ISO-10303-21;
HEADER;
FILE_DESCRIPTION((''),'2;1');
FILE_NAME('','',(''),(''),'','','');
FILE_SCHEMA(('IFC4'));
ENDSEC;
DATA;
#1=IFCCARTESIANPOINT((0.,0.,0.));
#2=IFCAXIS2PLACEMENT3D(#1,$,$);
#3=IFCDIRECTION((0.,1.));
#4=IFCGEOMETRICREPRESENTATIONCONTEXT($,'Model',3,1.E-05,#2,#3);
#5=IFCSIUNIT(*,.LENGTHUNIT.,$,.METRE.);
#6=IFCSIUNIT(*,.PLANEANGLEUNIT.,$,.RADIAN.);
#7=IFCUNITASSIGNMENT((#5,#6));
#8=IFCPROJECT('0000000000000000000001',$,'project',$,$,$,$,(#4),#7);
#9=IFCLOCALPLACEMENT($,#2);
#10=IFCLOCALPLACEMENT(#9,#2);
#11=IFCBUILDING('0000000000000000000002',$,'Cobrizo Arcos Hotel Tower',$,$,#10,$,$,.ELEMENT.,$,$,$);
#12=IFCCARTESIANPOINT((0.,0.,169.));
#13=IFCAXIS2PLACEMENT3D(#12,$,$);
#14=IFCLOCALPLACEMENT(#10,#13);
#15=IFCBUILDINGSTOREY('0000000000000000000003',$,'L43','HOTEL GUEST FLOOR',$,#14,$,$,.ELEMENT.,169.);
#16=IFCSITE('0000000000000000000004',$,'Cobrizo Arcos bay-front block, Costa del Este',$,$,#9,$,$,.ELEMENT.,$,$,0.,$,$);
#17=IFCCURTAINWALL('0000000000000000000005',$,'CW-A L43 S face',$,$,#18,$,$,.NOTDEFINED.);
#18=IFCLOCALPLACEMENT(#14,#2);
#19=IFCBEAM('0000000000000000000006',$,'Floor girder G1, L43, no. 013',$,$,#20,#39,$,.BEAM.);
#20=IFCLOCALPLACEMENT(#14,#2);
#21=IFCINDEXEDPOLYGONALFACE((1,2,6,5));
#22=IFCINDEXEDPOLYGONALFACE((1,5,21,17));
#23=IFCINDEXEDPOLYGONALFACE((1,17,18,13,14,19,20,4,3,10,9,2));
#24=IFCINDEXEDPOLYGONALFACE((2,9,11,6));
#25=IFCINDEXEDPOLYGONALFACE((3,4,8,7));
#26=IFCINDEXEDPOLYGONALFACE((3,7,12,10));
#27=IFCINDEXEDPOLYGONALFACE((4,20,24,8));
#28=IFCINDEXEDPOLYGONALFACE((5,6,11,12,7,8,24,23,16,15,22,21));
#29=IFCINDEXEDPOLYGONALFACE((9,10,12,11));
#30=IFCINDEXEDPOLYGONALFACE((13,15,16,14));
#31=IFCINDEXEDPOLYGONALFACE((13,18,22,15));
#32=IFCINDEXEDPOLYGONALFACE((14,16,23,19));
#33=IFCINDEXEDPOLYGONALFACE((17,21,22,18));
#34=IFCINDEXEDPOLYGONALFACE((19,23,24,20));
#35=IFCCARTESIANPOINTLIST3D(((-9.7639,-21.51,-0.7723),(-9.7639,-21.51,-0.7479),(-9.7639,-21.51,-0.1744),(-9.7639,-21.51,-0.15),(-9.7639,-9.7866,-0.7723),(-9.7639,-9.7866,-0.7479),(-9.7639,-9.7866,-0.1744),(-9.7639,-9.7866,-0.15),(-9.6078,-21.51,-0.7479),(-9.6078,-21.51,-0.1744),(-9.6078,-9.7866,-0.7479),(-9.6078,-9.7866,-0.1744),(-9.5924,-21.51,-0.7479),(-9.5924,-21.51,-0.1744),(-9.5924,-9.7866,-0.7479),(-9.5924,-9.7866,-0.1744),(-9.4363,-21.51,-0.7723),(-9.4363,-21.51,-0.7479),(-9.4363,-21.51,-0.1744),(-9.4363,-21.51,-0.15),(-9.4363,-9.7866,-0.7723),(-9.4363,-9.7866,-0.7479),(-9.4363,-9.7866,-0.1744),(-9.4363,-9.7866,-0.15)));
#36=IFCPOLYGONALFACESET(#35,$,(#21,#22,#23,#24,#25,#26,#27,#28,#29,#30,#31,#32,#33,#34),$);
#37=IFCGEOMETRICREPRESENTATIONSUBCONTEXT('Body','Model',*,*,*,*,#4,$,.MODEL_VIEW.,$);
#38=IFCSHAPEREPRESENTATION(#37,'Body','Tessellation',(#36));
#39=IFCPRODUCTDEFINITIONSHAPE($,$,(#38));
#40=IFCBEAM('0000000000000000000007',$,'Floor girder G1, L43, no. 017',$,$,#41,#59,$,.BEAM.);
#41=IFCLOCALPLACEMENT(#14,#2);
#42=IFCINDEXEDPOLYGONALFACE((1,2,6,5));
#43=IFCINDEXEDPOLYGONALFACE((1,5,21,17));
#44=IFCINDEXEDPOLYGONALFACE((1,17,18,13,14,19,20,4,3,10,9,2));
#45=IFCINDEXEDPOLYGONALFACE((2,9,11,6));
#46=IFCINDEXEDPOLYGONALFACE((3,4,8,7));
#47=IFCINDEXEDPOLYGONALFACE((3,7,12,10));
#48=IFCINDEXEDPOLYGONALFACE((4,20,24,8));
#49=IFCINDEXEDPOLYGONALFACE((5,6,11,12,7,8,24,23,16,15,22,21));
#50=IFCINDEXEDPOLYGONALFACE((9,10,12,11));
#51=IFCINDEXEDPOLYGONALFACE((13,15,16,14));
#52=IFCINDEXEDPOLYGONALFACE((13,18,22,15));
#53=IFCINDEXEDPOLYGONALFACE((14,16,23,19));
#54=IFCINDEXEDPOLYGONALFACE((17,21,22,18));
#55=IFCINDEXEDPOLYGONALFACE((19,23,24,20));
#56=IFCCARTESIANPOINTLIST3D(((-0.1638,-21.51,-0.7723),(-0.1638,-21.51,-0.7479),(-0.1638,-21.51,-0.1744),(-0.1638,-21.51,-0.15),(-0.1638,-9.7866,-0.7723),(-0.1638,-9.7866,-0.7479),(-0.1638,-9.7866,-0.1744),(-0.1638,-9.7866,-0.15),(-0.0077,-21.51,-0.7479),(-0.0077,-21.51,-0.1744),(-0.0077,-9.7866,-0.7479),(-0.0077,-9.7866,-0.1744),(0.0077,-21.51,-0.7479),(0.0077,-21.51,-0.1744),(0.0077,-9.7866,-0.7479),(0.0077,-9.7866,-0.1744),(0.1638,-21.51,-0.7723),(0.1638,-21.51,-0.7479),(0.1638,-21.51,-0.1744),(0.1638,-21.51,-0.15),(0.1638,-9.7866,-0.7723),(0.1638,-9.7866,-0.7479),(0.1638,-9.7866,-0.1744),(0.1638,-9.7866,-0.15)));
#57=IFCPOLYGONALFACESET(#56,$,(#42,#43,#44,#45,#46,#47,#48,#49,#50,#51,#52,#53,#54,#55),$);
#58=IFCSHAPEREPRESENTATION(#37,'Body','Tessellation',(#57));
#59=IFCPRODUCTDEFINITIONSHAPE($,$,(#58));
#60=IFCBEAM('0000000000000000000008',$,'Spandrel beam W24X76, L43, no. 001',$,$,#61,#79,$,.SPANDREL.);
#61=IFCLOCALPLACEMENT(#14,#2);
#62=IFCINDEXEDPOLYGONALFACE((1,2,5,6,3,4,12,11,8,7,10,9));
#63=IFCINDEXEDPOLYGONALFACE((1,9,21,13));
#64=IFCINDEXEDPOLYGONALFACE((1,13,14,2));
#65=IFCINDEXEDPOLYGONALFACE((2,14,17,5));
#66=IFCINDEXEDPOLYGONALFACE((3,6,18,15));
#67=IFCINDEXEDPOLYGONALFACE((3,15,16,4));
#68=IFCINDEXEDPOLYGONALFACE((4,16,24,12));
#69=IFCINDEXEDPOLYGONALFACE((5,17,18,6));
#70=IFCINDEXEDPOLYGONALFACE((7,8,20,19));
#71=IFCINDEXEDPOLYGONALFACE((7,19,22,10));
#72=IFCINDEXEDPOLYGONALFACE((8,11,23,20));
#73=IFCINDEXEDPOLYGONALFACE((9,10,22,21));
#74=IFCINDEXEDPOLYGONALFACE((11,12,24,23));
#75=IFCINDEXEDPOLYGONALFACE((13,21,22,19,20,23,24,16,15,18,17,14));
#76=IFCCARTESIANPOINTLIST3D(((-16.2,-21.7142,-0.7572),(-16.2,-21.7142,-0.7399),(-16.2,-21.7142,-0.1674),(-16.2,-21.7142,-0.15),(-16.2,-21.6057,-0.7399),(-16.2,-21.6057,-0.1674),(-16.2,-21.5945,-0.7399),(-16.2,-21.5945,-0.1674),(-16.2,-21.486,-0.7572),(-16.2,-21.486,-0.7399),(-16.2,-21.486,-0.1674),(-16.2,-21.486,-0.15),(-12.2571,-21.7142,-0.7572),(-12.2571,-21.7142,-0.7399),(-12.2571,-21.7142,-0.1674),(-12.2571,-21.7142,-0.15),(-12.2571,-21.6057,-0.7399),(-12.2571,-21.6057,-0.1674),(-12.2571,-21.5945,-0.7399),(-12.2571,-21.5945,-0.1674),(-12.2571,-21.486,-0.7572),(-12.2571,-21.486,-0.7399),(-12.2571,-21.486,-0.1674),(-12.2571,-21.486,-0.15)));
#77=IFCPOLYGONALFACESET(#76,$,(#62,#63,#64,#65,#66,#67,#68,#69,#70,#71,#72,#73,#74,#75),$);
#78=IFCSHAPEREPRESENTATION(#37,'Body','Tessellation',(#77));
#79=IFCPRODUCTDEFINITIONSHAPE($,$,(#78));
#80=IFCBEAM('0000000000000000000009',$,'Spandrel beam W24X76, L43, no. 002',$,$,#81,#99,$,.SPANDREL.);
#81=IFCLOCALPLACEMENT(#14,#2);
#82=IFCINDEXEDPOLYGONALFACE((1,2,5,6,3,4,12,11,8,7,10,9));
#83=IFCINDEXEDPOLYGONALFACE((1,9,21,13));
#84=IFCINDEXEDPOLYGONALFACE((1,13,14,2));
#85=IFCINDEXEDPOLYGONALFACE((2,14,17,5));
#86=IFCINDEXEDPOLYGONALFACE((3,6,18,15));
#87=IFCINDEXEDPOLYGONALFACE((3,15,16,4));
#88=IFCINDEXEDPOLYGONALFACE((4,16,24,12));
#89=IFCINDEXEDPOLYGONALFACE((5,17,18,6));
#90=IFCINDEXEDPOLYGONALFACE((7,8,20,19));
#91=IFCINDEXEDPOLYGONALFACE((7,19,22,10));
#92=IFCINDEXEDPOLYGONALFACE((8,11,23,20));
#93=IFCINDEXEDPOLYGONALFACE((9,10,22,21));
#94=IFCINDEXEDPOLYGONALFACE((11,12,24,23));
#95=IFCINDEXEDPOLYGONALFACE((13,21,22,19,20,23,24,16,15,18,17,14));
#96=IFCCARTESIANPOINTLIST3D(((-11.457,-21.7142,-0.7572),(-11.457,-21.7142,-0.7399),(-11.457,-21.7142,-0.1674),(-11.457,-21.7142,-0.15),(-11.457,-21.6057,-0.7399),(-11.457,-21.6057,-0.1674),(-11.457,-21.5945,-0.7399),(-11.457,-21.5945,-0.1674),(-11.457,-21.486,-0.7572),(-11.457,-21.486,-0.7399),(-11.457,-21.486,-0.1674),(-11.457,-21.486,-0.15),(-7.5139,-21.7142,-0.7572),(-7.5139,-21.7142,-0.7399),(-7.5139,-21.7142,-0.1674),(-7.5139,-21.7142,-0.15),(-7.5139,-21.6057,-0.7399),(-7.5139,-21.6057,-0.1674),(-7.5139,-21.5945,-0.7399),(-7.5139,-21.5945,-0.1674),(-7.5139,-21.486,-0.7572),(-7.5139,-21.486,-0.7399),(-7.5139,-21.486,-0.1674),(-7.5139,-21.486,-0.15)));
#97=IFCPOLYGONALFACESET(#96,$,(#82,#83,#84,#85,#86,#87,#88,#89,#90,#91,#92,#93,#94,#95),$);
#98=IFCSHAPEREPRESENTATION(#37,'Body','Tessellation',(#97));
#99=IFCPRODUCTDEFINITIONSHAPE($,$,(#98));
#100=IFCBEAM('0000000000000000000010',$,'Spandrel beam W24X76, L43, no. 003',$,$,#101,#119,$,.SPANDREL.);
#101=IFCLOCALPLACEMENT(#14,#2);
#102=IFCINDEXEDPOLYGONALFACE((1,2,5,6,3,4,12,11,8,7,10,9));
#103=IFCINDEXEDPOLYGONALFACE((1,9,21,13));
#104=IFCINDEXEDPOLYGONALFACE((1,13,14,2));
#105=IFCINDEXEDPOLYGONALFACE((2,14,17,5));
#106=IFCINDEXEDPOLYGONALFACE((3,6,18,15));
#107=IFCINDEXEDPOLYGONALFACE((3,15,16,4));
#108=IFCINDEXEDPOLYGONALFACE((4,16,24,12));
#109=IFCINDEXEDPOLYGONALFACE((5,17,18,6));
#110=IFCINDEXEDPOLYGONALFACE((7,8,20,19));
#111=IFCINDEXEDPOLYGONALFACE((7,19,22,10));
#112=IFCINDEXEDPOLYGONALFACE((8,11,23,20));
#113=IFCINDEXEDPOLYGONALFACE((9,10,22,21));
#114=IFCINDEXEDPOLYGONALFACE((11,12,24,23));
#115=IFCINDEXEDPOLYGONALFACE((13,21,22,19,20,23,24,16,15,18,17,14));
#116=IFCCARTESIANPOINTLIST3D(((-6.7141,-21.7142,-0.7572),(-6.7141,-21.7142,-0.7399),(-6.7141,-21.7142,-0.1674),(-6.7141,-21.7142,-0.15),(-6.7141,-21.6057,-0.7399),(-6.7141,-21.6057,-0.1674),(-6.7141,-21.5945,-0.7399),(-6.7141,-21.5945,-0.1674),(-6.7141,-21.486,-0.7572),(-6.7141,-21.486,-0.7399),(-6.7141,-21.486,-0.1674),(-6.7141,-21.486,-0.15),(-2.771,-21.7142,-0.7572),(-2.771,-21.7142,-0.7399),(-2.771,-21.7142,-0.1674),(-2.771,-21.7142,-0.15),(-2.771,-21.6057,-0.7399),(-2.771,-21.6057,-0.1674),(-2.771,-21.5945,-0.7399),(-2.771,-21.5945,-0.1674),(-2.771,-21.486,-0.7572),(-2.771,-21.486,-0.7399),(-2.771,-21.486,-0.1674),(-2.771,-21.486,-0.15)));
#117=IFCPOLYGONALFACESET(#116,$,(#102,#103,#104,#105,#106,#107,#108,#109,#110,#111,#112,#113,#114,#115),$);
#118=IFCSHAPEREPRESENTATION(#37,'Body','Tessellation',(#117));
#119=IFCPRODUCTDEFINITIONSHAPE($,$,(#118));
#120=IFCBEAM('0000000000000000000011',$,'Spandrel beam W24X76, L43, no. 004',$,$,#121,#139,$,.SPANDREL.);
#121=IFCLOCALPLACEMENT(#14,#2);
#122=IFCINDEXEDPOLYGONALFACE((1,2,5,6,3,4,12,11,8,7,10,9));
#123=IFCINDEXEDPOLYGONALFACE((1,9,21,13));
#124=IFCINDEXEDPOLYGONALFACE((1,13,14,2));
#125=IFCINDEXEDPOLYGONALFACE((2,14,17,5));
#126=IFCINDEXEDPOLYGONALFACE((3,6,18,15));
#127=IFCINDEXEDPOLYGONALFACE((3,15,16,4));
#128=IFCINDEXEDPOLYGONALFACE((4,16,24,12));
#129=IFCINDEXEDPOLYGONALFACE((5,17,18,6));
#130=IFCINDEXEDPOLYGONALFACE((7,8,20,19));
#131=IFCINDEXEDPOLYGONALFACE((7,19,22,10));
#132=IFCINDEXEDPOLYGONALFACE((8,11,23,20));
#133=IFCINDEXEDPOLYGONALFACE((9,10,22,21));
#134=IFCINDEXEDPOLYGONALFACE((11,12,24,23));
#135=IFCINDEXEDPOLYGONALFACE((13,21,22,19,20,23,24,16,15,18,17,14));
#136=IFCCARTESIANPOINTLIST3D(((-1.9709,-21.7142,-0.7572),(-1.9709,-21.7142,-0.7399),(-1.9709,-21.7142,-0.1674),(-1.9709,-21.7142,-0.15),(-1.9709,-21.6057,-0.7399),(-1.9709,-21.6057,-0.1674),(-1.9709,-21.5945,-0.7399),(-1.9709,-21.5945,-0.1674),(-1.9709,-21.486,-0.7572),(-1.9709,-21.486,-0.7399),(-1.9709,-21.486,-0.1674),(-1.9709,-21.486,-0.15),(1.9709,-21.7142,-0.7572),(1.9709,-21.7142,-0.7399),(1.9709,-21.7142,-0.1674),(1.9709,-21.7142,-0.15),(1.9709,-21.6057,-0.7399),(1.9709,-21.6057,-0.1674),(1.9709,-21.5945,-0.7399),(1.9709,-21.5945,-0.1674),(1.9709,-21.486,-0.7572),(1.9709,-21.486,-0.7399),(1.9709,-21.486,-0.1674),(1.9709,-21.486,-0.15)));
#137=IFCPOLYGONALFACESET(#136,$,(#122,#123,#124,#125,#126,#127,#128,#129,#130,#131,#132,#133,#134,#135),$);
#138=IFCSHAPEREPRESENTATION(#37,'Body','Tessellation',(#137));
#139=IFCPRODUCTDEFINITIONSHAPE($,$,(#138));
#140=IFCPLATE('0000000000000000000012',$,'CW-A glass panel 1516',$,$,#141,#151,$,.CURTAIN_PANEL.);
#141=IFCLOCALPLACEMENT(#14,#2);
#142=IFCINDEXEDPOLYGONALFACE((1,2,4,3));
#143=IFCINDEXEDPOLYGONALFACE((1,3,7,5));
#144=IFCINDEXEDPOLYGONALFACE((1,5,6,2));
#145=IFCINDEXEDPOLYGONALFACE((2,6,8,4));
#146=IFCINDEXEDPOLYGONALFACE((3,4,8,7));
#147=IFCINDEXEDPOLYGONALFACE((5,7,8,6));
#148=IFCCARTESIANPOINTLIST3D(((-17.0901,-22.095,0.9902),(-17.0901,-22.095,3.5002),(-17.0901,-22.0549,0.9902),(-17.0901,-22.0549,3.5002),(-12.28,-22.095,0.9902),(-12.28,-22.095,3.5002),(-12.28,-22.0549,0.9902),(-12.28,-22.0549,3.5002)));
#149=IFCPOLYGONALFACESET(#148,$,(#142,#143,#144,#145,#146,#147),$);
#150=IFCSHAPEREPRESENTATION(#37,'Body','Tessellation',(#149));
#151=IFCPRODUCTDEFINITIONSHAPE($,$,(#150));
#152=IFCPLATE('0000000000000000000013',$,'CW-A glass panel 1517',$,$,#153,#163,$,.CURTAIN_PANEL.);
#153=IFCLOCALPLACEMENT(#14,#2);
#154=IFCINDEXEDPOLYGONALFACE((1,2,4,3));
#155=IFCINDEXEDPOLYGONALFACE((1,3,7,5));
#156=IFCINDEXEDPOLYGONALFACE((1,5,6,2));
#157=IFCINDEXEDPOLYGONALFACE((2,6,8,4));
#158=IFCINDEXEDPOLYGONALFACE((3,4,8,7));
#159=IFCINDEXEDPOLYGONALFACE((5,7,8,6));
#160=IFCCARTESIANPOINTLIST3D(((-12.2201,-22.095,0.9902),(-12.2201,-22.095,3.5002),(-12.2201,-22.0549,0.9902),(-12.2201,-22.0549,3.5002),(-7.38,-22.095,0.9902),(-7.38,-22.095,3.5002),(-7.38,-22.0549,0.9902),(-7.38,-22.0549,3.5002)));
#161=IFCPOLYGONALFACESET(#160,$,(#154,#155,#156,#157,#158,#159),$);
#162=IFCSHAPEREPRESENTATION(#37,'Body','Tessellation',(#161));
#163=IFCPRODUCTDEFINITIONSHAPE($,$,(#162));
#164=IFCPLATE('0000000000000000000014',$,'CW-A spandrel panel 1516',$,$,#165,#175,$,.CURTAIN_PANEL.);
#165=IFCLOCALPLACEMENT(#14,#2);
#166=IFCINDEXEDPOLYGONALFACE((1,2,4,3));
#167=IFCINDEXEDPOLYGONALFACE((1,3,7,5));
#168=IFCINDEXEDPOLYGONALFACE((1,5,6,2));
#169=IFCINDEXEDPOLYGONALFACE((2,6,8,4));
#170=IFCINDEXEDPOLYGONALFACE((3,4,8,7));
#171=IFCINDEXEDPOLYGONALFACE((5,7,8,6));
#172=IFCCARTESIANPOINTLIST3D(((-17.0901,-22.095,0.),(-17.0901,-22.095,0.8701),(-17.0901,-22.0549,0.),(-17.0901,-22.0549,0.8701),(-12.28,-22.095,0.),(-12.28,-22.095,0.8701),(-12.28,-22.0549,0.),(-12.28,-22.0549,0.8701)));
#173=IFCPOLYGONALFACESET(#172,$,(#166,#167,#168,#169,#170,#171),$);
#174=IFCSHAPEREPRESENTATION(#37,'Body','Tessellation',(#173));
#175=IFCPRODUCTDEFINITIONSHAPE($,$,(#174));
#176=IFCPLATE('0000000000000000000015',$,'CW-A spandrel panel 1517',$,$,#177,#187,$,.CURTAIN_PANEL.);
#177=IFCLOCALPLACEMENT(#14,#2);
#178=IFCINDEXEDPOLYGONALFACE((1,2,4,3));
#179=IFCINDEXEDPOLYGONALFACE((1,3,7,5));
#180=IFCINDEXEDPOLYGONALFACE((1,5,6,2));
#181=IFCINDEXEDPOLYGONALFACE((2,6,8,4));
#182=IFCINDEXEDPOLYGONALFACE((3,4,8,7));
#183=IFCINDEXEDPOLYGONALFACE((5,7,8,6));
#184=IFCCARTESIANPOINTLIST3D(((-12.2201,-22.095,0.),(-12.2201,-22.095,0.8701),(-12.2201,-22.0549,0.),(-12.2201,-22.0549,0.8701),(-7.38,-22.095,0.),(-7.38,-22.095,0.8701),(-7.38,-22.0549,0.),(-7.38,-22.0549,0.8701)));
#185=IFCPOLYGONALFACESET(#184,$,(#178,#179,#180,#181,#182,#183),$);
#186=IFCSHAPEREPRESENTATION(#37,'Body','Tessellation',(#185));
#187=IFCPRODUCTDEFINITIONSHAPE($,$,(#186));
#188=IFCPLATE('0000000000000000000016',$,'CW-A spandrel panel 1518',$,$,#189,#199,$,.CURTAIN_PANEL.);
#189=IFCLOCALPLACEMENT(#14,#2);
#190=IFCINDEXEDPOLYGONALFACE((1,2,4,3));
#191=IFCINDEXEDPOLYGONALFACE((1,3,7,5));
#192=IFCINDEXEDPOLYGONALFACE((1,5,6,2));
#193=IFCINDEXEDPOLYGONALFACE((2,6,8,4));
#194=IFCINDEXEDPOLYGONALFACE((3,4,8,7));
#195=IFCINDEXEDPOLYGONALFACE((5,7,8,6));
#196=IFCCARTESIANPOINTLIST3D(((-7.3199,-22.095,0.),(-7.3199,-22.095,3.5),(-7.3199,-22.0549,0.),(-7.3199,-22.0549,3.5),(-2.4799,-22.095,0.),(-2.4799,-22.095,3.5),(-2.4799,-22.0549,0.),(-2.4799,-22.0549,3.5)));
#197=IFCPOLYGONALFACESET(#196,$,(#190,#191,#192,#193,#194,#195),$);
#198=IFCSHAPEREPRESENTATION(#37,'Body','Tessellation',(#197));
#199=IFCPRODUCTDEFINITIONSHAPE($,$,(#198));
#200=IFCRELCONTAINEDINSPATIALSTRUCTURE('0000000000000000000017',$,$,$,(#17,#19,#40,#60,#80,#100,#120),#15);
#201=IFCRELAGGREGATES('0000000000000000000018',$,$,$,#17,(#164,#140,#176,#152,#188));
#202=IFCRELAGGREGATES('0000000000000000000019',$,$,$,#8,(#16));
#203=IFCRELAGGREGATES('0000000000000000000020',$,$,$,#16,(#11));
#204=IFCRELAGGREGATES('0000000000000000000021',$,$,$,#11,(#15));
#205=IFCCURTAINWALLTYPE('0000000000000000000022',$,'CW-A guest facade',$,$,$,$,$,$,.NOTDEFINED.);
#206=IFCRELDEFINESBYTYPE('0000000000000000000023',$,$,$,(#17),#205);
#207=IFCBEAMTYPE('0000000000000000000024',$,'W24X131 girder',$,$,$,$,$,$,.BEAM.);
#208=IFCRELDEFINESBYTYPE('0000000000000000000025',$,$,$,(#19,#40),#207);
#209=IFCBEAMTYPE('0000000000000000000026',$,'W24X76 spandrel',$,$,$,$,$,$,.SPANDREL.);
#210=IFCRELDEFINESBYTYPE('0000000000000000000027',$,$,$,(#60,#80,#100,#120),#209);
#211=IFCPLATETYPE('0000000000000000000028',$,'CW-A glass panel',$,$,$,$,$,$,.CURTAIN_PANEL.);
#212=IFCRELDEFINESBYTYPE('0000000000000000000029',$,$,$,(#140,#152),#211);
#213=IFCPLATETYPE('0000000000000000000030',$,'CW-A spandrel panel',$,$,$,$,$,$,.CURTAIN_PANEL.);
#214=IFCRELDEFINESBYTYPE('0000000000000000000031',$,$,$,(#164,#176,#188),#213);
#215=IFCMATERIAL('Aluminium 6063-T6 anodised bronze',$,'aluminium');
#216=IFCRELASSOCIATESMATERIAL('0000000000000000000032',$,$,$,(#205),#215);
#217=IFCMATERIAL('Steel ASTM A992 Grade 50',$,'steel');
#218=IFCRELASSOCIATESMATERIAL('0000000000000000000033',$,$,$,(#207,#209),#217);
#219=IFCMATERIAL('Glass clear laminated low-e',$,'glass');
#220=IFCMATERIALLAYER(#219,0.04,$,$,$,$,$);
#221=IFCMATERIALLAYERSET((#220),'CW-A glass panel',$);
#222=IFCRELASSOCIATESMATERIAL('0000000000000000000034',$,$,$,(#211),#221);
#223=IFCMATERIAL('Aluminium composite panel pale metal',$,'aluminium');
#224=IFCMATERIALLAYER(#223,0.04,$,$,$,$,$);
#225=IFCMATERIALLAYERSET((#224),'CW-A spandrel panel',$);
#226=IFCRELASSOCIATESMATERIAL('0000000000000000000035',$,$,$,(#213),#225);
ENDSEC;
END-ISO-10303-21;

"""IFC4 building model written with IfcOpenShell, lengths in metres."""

from ifc_helpers import new_model, si_unit, direction, frame, origin, origin_2d, place, context, subcontext, project, spatial, rectangle, i_section, extrude, material, layer, layer_set, material_profile, profile_set, type_object, element, aggregate, save


model = new_model("IFC4")

# Units and contexts
model_context = context("Model", 3, precision=1e-05, world=origin(), true_north=direction((0.0, 1.0)))
body_context = subcontext(model_context, "Body", "Model", "MODEL_VIEW")
ifc_project = project(units=[si_unit("LENGTHUNIT", "METRE"), si_unit("PLANEANGLEUNIT", "RADIAN")], contexts=[model_context])

# Site, building, storey
site_placement = place(None, origin())
site = spatial("IfcSite", under=ifc_project, at=site_placement, Name="Cobrizo Arcos bay-front block, Costa del Este", CompositionType="ELEMENT", RefElevation=0.0)
building_placement = place(site_placement, origin())
building = spatial("IfcBuilding", under=site, at=building_placement, Name="Cobrizo Arcos Hotel Tower", CompositionType="ELEMENT")
storey_placement = place(building_placement, frame((0.0, 0.0, 169.0)))
storey = spatial("IfcBuildingStorey", under=building, at=storey_placement, Name="L43", Description="HOTEL GUEST FLOOR", CompositionType="ELEMENT", Elevation=169.0)

# Curtain wall
ifc_material_1 = material(Name="Aluminium 6063-T6 anodised bronze", Category="aluminium")
curtain_wall_type = type_object("IfcCurtainWallType", Name="CW-A guest facade", PredefinedType="NOTDEFINED", material=ifc_material_1)
curtain_wall_placement = place(storey_placement, origin())
curtain_wall = element("IfcCurtainWall", 1, at=curtain_wall_placement, inside=storey, type_object=curtain_wall_type, Name="CW-A L43 S face", PredefinedType="NOTDEFINED")

# Beams
ifc_material_2 = material(Name="Steel ASTM A992 Grade 50", Category="steel")
ifc_material_profile_1 = material_profile(ifc_material_2, i_section(OverallWidth=0.3276, OverallDepth=0.6223, WebThickness=0.0154, FlangeThickness=0.0244, at=origin_2d()), Name="W24X131")
ifc_profile_set_1 = profile_set([ifc_material_profile_1], Name="Steel ASTM A992 Grade 50")
beam_type_1 = type_object("IfcBeamType", Name="W24X131 girder", PredefinedType="BEAM", material=ifc_profile_set_1)
for number, where, z_axis, x_axis, name in (
    (2, (-9.6001, -21.51, -0.4612), (0.0, 1.0, 0.0), (-1.0, 0.0, 0.0), "Floor girder G1, L43, no. 013"),
    (3, (0.0, -21.51, -0.4612), (0.0, 1.0, 0.0), (-1.0, 0.0, 0.0), "Floor girder G1, L43, no. 017"),
):
    element("IfcBeam", number, at=place(storey_placement, frame(where, z_axis=z_axis, x_axis=x_axis)), inside=storey, type_object=beam_type_1, Name=name, PredefinedType="BEAM", context=body_context, shape_type="SweptSolid", body=[
        extrude(i_section(OverallWidth=0.3276, OverallDepth=0.6223, WebThickness=0.0154, FlangeThickness=0.0244, at=origin_2d()), origin(), (0.0, 0.0, 1.0), 11.7234),
    ])
ifc_material_profile_2 = material_profile(ifc_material_2, i_section(OverallWidth=0.2283, OverallDepth=0.6072, WebThickness=0.0112, FlangeThickness=0.0173, at=origin_2d()), Name="W24X76")
ifc_profile_set_2 = profile_set([ifc_material_profile_2], Name="Steel ASTM A992 Grade 50")
beam_type_2 = type_object("IfcBeamType", Name="W24X76 spandrel", PredefinedType="SPANDREL", material=ifc_profile_set_2)
beam_1_placement = place(storey_placement, frame((-16.2, -21.6001, -0.4536), z_axis=(1.0, 0.0, 0.0), x_axis=(0.0, 1.0, 0.0)))
element("IfcBeam", 4, at=beam_1_placement, inside=storey, type_object=beam_type_2, Name="Spandrel beam W24X76, L43, no. 001", PredefinedType="SPANDREL", context=body_context, shape_type="SweptSolid", body=[
    extrude(i_section(OverallWidth=0.2283, OverallDepth=0.6072, WebThickness=0.0112, FlangeThickness=0.0173, at=origin_2d()), origin(), (0.0, 0.0, 1.0), 3.9429),
])
for number, where, z_axis, x_axis, name in (
    (5, (-11.457, -21.6001, -0.4536), (1.0, 0.0, 0.0), (0.0, 1.0, 0.0), "Spandrel beam W24X76, L43, no. 002"),
    (6, (-6.7141, -21.6001, -0.4536), (1.0, 0.0, 0.0), (0.0, 1.0, 0.0), "Spandrel beam W24X76, L43, no. 003"),
):
    element("IfcBeam", number, at=place(storey_placement, frame(where, z_axis=z_axis, x_axis=x_axis)), inside=storey, type_object=beam_type_2, Name=name, PredefinedType="SPANDREL", context=body_context, shape_type="SweptSolid", body=[
        extrude(i_section(OverallWidth=0.2283, OverallDepth=0.6072, WebThickness=0.0112, FlangeThickness=0.0173, at=origin_2d()), origin(), (0.0, 0.0, 1.0), 3.9431),
    ])
beam_2_placement = place(storey_placement, frame((-1.9709, -21.6001, -0.4536), z_axis=(1.0, 0.0, 0.0), x_axis=(0.0, 1.0, 0.0)))
element("IfcBeam", 7, at=beam_2_placement, inside=storey, type_object=beam_type_2, Name="Spandrel beam W24X76, L43, no. 004", PredefinedType="SPANDREL", context=body_context, shape_type="SweptSolid", body=[
    extrude(i_section(OverallWidth=0.2283, OverallDepth=0.6072, WebThickness=0.0112, FlangeThickness=0.0173, at=origin_2d()), origin(), (0.0, 0.0, 1.0), 3.9419),
])

# Plates
ifc_material_3 = material(Name="Glass clear laminated low-e", Category="glass")
ifc_layer_1 = layer(ifc_material_3, 0.04)
ifc_layer_set_1 = layer_set([ifc_layer_1], Name="CW-A glass panel")
plate_type_1 = type_object("IfcPlateType", Name="CW-A glass panel", PredefinedType="CURTAIN_PANEL", material=ifc_layer_set_1)
plate_1_placement = place(storey_placement, frame((-14.6851, -22.075, 0.9902), z_axis=(0.0, 0.0, 1.0), x_axis=(1.0, 0.0, 0.0)))
plate_1 = element("IfcPlate", 8, at=plate_1_placement, type_object=plate_type_1, Name="CW-A glass panel 1516", PredefinedType="CURTAIN_PANEL", context=body_context, shape_type="SweptSolid", body=[
    extrude(rectangle(XDim=4.8101, YDim=0.04, at=origin_2d()), origin(), (0.0, 0.0, 1.0), 2.51),
])
plate_2_placement = place(storey_placement, frame((-9.8, -22.075, 0.9902), z_axis=(0.0, 0.0, 1.0), x_axis=(1.0, 0.0, 0.0)))
plate_2 = element("IfcPlate", 9, at=plate_2_placement, type_object=plate_type_1, Name="CW-A glass panel 1517", PredefinedType="CURTAIN_PANEL", context=body_context, shape_type="SweptSolid", body=[
    extrude(rectangle(XDim=4.8401, YDim=0.04, at=origin_2d()), origin(), (0.0, 0.0, 1.0), 2.51),
])
ifc_material_4 = material(Name="Aluminium composite panel pale metal", Category="aluminium")
ifc_layer_2 = layer(ifc_material_4, 0.04)
ifc_layer_set_2 = layer_set([ifc_layer_2], Name="CW-A spandrel panel")
plate_type_2 = type_object("IfcPlateType", Name="CW-A spandrel panel", PredefinedType="CURTAIN_PANEL", material=ifc_layer_set_2)
plate_3_placement = place(storey_placement, frame((-14.6851, -22.075, 0.0), z_axis=(0.0, 0.0, 1.0), x_axis=(1.0, 0.0, 0.0)))
plate_3 = element("IfcPlate", 10, at=plate_3_placement, type_object=plate_type_2, Name="CW-A spandrel panel 1516", PredefinedType="CURTAIN_PANEL", context=body_context, shape_type="SweptSolid", body=[
    extrude(rectangle(XDim=4.8101, YDim=0.04, at=origin_2d()), origin(), (0.0, 0.0, 1.0), 0.8701),
])
plate_4_placement = place(storey_placement, frame((-9.8, -22.075, 0.0), z_axis=(0.0, 0.0, 1.0), x_axis=(1.0, 0.0, 0.0)))
plate_4 = element("IfcPlate", 11, at=plate_4_placement, type_object=plate_type_2, Name="CW-A spandrel panel 1517", PredefinedType="CURTAIN_PANEL", context=body_context, shape_type="SweptSolid", body=[
    extrude(rectangle(XDim=4.8401, YDim=0.04, at=origin_2d()), origin(), (0.0, 0.0, 1.0), 0.8701),
])
plate_5_placement = place(storey_placement, frame((-4.8999, -22.075, 0.0), z_axis=(0.0, 0.0, 1.0), x_axis=(1.0, 0.0, 0.0)))
plate_5 = element("IfcPlate", 12, at=plate_5_placement, type_object=plate_type_2, Name="CW-A spandrel panel 1518", PredefinedType="CURTAIN_PANEL", context=body_context, shape_type="SweptSolid", body=[
    extrude(rectangle(XDim=4.8401, YDim=0.04, at=origin_2d()), origin(), (0.0, 0.0, 1.0), 3.5),
])
aggregate(curtain_wall, [plate_3, plate_1, plate_4, plate_2, plate_5])

save(model, "model.ifc")
